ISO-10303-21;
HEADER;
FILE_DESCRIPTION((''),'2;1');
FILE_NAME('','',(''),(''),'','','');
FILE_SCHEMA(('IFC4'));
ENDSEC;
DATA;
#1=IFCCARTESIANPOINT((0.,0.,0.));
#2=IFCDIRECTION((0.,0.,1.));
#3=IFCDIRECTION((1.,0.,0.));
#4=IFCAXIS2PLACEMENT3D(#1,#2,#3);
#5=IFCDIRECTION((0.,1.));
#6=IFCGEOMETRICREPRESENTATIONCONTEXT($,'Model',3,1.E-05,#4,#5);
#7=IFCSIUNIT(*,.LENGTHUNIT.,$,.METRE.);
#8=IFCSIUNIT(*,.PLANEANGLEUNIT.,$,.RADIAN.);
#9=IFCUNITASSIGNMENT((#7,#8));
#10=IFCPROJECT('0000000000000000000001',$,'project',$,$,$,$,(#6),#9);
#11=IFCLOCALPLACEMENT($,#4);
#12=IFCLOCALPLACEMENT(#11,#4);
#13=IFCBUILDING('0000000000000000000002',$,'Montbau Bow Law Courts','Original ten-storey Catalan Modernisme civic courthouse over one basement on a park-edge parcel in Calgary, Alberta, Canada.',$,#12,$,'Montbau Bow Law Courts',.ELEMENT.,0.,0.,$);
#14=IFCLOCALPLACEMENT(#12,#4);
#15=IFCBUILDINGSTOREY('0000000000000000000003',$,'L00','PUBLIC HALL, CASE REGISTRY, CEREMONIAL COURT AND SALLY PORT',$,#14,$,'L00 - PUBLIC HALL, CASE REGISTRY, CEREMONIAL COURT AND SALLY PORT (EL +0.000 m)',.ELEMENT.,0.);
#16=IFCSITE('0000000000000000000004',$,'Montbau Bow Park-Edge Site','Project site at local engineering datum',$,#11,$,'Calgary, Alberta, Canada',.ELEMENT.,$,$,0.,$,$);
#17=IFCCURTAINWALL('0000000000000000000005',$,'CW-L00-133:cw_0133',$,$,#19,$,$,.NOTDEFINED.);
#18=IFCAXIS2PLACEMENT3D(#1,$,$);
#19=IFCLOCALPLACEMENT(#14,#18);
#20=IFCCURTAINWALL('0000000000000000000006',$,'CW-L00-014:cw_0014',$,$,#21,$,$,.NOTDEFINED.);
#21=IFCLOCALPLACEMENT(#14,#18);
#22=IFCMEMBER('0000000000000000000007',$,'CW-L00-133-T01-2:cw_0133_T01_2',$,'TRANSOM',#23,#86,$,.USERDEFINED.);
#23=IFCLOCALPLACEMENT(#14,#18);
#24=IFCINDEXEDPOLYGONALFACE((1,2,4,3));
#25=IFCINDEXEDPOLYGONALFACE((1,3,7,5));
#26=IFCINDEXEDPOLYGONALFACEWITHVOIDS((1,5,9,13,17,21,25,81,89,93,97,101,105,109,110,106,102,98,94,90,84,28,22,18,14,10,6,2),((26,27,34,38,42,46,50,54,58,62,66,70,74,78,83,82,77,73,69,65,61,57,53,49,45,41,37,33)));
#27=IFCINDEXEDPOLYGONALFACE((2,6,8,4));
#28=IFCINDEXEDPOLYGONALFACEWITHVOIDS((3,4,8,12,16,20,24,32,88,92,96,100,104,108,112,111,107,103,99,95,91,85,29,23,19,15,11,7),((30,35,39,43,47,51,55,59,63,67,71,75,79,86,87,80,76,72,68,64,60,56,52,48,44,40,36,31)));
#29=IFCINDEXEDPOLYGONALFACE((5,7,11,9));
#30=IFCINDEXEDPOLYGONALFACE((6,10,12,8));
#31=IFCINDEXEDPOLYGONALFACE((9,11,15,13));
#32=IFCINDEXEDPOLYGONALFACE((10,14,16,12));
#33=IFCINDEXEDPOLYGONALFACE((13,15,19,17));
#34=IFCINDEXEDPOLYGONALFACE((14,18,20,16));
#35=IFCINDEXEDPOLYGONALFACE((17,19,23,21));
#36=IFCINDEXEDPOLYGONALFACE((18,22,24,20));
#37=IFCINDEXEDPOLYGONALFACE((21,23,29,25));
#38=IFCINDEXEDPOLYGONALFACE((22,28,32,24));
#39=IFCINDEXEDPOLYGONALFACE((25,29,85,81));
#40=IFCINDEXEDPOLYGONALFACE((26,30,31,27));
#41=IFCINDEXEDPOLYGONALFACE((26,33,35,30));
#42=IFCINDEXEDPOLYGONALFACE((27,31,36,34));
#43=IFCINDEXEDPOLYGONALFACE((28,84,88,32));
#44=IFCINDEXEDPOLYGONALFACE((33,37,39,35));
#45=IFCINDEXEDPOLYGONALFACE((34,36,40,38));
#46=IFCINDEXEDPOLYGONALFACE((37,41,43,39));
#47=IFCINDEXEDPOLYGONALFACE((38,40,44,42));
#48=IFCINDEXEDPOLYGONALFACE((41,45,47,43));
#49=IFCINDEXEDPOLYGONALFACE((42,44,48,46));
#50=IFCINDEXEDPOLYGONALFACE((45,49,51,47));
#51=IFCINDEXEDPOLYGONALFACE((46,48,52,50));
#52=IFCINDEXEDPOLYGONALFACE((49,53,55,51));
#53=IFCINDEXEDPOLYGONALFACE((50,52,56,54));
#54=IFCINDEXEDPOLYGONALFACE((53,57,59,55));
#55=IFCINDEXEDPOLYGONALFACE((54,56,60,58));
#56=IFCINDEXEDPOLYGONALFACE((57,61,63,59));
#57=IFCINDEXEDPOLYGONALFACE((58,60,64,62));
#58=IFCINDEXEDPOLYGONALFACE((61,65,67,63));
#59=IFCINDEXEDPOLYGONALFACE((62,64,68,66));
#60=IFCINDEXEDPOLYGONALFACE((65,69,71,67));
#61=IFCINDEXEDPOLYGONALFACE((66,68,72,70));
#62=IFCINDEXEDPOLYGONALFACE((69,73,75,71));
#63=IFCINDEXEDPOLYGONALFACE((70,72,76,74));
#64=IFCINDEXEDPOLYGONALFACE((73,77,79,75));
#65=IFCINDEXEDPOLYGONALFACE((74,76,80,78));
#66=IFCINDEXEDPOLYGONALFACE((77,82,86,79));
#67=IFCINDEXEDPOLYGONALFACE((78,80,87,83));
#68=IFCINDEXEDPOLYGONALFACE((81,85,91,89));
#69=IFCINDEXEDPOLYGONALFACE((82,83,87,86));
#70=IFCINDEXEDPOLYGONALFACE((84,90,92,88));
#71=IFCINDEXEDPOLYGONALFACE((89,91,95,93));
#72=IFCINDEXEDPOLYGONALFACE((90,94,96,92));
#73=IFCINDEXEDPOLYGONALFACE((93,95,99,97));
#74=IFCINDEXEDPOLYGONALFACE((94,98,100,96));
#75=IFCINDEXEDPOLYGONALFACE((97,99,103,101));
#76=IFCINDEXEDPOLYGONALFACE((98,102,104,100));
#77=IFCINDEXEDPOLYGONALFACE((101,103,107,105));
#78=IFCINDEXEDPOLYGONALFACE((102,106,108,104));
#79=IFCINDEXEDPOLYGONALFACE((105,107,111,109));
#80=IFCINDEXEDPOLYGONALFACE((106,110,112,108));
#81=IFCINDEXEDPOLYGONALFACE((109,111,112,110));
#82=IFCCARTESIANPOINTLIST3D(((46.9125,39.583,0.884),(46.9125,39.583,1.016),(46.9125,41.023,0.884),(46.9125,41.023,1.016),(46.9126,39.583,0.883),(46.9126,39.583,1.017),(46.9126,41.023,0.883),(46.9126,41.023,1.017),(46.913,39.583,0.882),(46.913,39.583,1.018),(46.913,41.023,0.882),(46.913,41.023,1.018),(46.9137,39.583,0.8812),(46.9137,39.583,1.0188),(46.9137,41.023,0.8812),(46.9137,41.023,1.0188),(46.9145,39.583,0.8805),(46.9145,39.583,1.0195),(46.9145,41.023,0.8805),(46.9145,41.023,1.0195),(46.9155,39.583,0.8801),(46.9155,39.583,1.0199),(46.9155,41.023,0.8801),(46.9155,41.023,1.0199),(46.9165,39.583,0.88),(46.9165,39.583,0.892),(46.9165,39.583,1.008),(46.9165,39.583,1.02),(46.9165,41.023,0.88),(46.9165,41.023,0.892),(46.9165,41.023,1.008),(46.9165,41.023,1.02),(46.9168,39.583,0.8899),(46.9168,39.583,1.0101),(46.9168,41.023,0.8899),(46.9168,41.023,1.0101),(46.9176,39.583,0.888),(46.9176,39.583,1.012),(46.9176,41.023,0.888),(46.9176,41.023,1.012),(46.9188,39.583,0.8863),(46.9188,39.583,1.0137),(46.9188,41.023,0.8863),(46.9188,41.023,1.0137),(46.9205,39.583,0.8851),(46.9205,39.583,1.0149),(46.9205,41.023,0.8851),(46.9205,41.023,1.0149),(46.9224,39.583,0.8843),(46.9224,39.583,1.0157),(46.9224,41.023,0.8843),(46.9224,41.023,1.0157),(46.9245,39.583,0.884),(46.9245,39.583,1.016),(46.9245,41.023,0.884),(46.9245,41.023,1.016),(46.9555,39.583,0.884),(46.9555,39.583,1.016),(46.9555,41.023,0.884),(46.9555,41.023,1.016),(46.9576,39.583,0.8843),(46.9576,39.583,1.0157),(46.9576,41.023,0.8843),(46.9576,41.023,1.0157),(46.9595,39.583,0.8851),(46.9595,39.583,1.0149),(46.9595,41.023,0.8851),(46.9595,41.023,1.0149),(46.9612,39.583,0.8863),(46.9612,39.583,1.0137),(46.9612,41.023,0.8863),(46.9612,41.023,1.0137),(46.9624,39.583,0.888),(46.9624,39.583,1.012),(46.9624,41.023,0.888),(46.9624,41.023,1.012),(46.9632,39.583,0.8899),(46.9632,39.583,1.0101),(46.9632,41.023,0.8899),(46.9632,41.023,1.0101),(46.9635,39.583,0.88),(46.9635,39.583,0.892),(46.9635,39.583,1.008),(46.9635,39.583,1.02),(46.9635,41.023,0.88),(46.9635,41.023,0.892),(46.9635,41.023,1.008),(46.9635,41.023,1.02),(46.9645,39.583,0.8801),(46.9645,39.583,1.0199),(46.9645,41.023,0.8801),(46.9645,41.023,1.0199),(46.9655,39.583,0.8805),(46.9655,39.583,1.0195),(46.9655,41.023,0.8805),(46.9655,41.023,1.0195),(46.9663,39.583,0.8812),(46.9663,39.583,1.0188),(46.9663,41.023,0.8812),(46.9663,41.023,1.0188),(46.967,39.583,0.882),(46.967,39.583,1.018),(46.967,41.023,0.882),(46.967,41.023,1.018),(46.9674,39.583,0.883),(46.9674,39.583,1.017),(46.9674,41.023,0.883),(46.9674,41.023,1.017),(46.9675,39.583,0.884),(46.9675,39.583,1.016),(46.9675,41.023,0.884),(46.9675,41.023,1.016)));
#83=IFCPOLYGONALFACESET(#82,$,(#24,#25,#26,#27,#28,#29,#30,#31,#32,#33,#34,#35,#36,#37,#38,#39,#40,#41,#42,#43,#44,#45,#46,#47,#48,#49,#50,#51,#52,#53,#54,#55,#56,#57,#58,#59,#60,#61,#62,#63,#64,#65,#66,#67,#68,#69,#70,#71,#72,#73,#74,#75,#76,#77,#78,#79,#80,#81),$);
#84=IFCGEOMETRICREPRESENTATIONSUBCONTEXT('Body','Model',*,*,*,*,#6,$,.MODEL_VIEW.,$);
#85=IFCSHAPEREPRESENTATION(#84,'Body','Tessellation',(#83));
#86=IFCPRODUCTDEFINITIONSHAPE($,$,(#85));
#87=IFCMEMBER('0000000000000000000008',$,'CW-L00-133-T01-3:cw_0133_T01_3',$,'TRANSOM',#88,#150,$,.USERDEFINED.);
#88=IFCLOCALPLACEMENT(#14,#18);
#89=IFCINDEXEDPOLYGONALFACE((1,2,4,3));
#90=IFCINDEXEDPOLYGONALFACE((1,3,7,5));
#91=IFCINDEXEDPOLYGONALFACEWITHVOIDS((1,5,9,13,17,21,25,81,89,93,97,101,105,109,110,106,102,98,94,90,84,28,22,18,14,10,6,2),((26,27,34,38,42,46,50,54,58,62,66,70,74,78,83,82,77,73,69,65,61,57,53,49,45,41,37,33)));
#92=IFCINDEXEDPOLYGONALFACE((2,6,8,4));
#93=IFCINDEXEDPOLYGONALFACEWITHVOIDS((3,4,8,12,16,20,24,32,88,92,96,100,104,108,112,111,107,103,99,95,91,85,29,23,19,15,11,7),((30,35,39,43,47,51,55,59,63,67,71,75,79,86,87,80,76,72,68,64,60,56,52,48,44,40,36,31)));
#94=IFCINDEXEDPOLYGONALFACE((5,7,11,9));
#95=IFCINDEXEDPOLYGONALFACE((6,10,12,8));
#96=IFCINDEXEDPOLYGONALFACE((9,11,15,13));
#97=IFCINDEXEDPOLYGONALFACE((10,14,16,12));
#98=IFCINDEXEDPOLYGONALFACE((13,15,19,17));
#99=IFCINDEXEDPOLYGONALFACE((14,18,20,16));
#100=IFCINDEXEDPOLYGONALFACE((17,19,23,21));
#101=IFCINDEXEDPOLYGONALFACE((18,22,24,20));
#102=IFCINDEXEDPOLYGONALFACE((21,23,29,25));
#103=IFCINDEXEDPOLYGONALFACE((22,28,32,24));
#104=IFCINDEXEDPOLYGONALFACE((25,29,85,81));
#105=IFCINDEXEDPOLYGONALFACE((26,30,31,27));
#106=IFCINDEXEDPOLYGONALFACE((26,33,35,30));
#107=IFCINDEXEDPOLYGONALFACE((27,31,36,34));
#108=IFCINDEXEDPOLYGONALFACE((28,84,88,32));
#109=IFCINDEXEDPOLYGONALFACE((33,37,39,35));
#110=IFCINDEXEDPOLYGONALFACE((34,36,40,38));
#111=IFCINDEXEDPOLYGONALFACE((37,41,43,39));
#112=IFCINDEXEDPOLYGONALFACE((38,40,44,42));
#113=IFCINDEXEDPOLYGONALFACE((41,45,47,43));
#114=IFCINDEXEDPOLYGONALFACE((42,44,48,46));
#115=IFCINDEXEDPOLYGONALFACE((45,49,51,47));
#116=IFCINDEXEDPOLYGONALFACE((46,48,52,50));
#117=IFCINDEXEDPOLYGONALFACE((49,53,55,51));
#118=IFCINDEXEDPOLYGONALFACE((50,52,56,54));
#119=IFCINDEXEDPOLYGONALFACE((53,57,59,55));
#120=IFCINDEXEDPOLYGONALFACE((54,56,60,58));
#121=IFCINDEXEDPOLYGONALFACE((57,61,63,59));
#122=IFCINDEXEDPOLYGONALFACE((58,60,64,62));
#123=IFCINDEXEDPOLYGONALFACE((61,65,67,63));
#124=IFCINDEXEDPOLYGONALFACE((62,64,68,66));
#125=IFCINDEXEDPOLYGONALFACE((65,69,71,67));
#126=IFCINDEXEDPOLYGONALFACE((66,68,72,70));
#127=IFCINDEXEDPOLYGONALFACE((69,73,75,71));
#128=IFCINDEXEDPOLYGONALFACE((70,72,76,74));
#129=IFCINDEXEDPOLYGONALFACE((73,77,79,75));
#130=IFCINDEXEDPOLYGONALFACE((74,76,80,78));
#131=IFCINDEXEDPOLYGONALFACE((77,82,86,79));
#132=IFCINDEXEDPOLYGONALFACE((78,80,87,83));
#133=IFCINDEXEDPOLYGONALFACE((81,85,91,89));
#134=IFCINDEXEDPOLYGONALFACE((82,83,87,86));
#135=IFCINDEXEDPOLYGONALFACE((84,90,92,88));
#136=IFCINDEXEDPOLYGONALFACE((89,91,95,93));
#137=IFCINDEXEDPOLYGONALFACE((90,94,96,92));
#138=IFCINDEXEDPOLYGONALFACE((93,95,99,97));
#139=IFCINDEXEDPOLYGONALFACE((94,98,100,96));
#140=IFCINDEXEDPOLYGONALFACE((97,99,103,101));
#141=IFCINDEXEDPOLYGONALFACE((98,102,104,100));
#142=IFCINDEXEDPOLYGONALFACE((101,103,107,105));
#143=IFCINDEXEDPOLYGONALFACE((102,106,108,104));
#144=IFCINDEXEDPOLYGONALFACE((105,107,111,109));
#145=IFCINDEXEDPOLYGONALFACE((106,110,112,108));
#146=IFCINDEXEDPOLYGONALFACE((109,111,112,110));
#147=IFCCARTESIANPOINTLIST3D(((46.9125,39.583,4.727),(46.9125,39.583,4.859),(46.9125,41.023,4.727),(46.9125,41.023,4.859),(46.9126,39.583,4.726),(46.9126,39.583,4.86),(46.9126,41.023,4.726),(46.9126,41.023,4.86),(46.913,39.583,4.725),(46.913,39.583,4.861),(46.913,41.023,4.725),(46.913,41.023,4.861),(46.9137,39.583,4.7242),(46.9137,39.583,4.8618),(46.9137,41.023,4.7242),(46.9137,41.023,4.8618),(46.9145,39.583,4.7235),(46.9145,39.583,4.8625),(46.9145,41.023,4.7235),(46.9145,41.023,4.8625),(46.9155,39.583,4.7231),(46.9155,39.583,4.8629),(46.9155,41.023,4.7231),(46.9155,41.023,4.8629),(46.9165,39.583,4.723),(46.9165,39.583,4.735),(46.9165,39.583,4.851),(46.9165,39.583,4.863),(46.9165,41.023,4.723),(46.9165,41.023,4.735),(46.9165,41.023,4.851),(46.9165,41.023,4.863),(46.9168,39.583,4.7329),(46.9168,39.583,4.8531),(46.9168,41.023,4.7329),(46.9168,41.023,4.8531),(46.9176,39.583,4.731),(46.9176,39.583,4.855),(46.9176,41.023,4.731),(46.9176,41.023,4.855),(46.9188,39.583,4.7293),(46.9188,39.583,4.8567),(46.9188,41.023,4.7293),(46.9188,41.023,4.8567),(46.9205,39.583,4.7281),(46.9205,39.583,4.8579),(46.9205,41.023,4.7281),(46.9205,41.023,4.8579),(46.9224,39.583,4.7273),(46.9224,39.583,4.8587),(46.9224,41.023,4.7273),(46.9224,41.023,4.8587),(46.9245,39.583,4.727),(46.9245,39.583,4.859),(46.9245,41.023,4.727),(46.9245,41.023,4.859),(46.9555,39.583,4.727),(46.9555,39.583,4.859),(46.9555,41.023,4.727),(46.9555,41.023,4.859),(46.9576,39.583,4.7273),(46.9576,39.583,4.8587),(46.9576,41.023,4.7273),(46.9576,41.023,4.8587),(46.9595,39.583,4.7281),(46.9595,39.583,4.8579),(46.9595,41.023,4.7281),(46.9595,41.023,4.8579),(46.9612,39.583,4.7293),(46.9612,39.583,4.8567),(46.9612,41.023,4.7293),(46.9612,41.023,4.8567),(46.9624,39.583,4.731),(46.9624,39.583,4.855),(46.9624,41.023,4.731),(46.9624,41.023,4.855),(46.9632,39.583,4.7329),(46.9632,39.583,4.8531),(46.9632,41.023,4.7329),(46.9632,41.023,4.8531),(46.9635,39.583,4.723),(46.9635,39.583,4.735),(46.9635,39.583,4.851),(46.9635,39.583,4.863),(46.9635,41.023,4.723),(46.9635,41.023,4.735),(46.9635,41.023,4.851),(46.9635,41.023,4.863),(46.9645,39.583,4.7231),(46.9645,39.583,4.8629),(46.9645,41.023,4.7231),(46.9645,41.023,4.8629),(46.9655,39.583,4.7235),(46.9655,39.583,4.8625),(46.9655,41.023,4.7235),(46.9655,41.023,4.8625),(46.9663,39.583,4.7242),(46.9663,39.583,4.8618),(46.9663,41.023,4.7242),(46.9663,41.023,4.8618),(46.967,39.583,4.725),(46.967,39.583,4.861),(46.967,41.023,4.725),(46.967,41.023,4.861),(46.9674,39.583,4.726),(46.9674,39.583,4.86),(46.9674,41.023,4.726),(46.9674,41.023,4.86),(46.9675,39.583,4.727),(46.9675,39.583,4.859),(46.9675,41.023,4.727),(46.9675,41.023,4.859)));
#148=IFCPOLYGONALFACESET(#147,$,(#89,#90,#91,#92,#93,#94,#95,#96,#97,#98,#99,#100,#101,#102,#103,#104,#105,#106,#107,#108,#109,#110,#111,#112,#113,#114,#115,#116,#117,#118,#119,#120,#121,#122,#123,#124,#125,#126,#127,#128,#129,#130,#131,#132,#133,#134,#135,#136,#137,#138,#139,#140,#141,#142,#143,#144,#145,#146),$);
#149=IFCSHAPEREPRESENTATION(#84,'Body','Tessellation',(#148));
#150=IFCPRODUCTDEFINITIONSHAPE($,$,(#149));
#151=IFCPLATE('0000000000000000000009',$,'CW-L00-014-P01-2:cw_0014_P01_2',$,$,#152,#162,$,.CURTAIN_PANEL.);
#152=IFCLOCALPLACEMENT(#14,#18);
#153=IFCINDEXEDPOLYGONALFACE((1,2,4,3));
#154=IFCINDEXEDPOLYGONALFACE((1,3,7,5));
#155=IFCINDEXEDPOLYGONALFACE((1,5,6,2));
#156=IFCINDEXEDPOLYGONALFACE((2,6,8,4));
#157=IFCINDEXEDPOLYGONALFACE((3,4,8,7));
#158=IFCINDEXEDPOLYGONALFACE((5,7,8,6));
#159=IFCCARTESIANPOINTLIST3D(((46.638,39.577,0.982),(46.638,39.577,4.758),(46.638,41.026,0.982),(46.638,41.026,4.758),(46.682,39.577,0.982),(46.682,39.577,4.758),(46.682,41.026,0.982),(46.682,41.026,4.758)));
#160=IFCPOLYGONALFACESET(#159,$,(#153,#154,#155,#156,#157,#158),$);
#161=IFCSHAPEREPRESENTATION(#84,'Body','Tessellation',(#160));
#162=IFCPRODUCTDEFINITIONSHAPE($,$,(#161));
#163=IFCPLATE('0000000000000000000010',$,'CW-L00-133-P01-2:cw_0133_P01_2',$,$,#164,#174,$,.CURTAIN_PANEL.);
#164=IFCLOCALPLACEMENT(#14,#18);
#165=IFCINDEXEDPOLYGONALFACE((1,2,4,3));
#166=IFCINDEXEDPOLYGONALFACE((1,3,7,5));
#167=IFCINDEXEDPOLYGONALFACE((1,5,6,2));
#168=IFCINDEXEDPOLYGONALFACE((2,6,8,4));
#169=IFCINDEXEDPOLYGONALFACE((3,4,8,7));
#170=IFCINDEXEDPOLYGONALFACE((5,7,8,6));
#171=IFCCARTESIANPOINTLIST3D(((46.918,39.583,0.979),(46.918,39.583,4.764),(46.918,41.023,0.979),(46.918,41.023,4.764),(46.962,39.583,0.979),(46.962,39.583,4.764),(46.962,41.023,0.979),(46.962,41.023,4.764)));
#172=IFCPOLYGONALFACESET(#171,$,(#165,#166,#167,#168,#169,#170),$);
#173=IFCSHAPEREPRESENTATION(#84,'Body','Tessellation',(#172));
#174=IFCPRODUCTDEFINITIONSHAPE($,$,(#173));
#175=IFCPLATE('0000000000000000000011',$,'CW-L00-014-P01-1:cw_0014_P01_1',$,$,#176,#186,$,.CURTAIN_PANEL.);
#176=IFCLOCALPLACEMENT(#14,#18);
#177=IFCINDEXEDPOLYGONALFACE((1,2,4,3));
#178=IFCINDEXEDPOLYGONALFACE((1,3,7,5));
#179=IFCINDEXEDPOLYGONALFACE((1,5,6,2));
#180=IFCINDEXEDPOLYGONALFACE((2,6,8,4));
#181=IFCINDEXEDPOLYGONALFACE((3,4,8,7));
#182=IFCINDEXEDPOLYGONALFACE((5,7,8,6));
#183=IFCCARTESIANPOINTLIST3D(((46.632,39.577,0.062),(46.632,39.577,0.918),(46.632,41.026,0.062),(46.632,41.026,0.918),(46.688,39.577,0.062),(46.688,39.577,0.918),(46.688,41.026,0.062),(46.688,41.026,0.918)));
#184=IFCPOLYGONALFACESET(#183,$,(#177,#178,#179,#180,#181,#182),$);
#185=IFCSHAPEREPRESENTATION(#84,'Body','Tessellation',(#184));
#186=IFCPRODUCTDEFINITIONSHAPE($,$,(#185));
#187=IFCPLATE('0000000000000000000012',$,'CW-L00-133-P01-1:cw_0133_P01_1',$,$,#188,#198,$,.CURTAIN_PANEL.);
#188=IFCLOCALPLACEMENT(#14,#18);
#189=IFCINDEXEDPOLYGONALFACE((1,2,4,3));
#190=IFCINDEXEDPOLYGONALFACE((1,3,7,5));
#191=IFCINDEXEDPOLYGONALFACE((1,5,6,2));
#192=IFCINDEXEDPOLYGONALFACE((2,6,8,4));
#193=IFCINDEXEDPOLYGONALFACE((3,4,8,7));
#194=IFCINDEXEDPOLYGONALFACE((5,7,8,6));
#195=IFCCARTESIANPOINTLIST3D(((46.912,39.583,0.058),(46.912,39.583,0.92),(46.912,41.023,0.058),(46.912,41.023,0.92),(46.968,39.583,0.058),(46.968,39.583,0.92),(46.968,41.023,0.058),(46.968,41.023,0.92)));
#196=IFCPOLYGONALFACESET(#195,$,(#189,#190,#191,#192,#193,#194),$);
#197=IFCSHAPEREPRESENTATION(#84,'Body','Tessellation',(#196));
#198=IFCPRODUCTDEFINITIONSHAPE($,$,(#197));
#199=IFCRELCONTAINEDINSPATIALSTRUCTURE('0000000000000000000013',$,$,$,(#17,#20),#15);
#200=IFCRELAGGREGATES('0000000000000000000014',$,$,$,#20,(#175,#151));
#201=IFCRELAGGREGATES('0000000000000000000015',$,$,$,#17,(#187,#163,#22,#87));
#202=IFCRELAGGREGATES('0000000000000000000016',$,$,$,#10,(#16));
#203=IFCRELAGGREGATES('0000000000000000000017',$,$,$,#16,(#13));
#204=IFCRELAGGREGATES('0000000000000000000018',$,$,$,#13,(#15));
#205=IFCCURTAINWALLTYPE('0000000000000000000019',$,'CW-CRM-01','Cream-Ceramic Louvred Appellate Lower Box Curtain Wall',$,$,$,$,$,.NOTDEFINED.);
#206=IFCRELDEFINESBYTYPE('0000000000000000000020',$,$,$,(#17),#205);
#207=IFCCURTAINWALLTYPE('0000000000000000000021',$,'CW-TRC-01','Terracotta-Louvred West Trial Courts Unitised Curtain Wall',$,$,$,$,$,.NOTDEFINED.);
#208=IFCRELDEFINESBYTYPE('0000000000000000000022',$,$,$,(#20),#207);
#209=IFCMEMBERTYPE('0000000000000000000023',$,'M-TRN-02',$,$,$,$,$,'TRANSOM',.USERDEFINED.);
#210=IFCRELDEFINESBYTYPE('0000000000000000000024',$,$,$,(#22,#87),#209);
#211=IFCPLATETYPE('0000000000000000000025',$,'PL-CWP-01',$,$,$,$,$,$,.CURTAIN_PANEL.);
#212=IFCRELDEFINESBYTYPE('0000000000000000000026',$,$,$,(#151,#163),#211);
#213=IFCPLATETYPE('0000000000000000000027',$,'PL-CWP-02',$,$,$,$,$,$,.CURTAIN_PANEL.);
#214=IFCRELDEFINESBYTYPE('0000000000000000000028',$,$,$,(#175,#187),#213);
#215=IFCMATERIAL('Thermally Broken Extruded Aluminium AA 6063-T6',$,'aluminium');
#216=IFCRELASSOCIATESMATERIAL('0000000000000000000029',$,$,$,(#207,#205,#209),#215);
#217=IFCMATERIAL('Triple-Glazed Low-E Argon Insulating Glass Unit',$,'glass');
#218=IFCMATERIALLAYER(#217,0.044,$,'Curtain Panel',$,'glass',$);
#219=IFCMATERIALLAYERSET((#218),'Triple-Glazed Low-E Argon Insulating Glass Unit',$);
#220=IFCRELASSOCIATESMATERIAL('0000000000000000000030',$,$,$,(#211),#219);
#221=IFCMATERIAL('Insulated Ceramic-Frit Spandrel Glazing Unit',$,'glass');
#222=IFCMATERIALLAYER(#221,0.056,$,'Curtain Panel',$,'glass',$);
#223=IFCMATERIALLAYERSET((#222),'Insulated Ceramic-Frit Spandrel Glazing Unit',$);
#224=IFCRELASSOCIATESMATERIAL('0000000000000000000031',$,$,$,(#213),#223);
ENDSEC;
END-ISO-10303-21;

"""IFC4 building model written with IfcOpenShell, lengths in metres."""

from ifc_helpers import new_model, si_unit, direction, frame, frame_2d, origin_with_axes, origin_2d_with_axis, place, context, subcontext, project, spatial, rectangle, hollow_rectangle, extrude, material, layer, layer_set, material_profile, profile_set, type_object, element, aggregate, save


model = new_model("IFC4")

# Units and contexts
model_context = context("Model", 3, precision=1e-05, world=origin_with_axes(), true_north=direction((0.0, 1.0)))
body_context = subcontext(model_context, "Body", "Model", "MODEL_VIEW")
ifc_project = project(units=[si_unit("LENGTHUNIT", "METRE"), si_unit("PLANEANGLEUNIT", "RADIAN")], contexts=[model_context])

# Site, building, storey
site_placement = place(None, origin_with_axes())
site = spatial("IfcSite", under=ifc_project, at=site_placement, Name="Montbau Bow Park-Edge Site", Description="Project site at local engineering datum", LongName="Calgary, Alberta, Canada", CompositionType="ELEMENT", RefElevation=0.0)
building_placement = place(site_placement, origin_with_axes())
building = spatial("IfcBuilding", under=site, at=building_placement, Name="Montbau Bow Law Courts", Description="Original ten-storey Catalan Modernisme civic courthouse over one basement on a park-edge parcel in Calgary, Alberta, Canada.", LongName="Montbau Bow Law Courts", CompositionType="ELEMENT", ElevationOfRefHeight=0.0, ElevationOfTerrain=0.0)
storey_placement = place(building_placement, origin_with_axes())
storey = spatial("IfcBuildingStorey", under=building, at=storey_placement, Name="L00", Description="PUBLIC HALL, CASE REGISTRY, CEREMONIAL COURT AND SALLY PORT", LongName="L00 - PUBLIC HALL, CASE REGISTRY, CEREMONIAL COURT AND SALLY PORT (EL +0.000 m)", CompositionType="ELEMENT", Elevation=0.0)

# Curtain wall
ifc_material_1 = material(Name="Thermally Broken Extruded Aluminium AA 6063-T6", Category="aluminium")
curtain_wall_type_1 = type_object("IfcCurtainWallType", Name="CW-TRC-01", Description="Terracotta-Louvred West Trial Courts Unitised Curtain Wall", PredefinedType="NOTDEFINED", material=ifc_material_1)
curtain_wall_type_2 = type_object("IfcCurtainWallType", Name="CW-CRM-01", Description="Cream-Ceramic Louvred Appellate Lower Box Curtain Wall", PredefinedType="NOTDEFINED", material=ifc_material_1)
curtain_wall_1_placement = place(None, frame((46.94, 39.515, 0.0), z_axis=(0.0, 0.0, 1.0), x_axis=(1.0, 0.0, 0.0)))
curtain_wall_1 = element("IfcCurtainWall", 1, at=curtain_wall_1_placement, inside=storey, type_object=curtain_wall_type_2, Name="CW-L00-133:cw_0133", PredefinedType="NOTDEFINED")

# Curtain wall
curtain_wall_2_placement = place(None, frame((46.66, 39.515, 0.0), z_axis=(0.0, 0.0, 1.0), x_axis=(1.0, 0.0, 0.0)))
curtain_wall_2 = element("IfcCurtainWall", 2, at=curtain_wall_2_placement, inside=storey, type_object=curtain_wall_type_1, Name="CW-L00-014:cw_0014", PredefinedType="NOTDEFINED")

# Members
ifc_material_profile_1 = material_profile(ifc_material_1, hollow_rectangle(XDim=0.055, YDim=0.14, WallThickness=0.004, InnerFilletRadius=0.008, OuterFilletRadius=0.004, at=origin_2d_with_axis()), Name="CWT-140X55", Category="Main", Priority=0)
ifc_profile_set_1 = profile_set([ifc_material_profile_1], Name="Thermally Broken Extruded Aluminium AA 6063-T6")
member_type_1 = type_object("IfcMemberType", Name="M-TRN-02", ElementType="TRANSOM", PredefinedType="USERDEFINED", material=ifc_profile_set_1)
member_1_placement = place(None, frame((46.94, 39.583, 0.95), z_axis=(0.0, 1.0, 0.0), x_axis=(-1.0, 0.0, 0.0)))
member_1 = element("IfcMember", 3, at=member_1_placement, type_object=member_type_1, Name="CW-L00-133-T01-2:cw_0133_T01_2", ObjectType="TRANSOM", PredefinedType="USERDEFINED", context=body_context, shape_type="SweptSolid", body=[
    extrude(hollow_rectangle(XDim=0.055, YDim=0.14, WallThickness=0.004, InnerFilletRadius=0.008, OuterFilletRadius=0.004, at=origin_2d_with_axis()), origin_with_axes(), (0.0, 0.0, 1.0), 1.44),
])
member_2_placement = place(None, frame((46.94, 39.583, 4.793), z_axis=(0.0, 1.0, 0.0), x_axis=(-1.0, 0.0, 0.0)))
member_2 = element("IfcMember", 4, at=member_2_placement, type_object=member_type_1, Name="CW-L00-133-T01-3:cw_0133_T01_3", ObjectType="TRANSOM", PredefinedType="USERDEFINED", context=body_context, shape_type="SweptSolid", body=[
    extrude(hollow_rectangle(XDim=0.055, YDim=0.14, WallThickness=0.004, InnerFilletRadius=0.008, OuterFilletRadius=0.004, at=origin_2d_with_axis()), origin_with_axes(), (0.0, 0.0, 1.0), 1.44),
])

# Plates
ifc_material_2 = material(Name="Triple-Glazed Low-E Argon Insulating Glass Unit", Category="glass")
ifc_layer_1 = layer(ifc_material_2, 0.044, Name="Curtain Panel", Category="glass")
ifc_layer_set_1 = layer_set([ifc_layer_1], Name="Triple-Glazed Low-E Argon Insulating Glass Unit")
plate_type_1 = type_object("IfcPlateType", Name="PL-CWP-01", PredefinedType="CURTAIN_PANEL", material=ifc_layer_set_1)
plate_1_placement = place(None, frame((46.66, 39.577, 0.982), z_axis=(1.0, 0.0, 0.0), x_axis=(0.0, 1.0, 0.0)))
plate_1 = element("IfcPlate", 5, at=plate_1_placement, type_object=plate_type_1, Name="CW-L00-014-P01-2:cw_0014_P01_2", PredefinedType="CURTAIN_PANEL", context=body_context, shape_type="SweptSolid", body=[
    extrude(rectangle(XDim=1.449, YDim=3.776, at=frame_2d((0.7245, 1.888), x_axis=(1.0, 0.0))), frame((0.0, 0.0, -0.022), z_axis=(0.0, 0.0, 1.0), x_axis=(1.0, 0.0, 0.0)), (0.0, 0.0, 1.0), 0.044),
])
plate_2_placement = place(None, frame((46.94, 39.583, 0.979), z_axis=(1.0, 0.0, 0.0), x_axis=(0.0, 1.0, 0.0)))
plate_2 = element("IfcPlate", 6, at=plate_2_placement, type_object=plate_type_1, Name="CW-L00-133-P01-2:cw_0133_P01_2", PredefinedType="CURTAIN_PANEL", context=body_context, shape_type="SweptSolid", body=[
    extrude(rectangle(XDim=1.44, YDim=3.785, at=frame_2d((0.72, 1.8925), x_axis=(1.0, 0.0))), frame((0.0, 0.0, -0.022), z_axis=(0.0, 0.0, 1.0), x_axis=(1.0, 0.0, 0.0)), (0.0, 0.0, 1.0), 0.044),
])
ifc_material_3 = material(Name="Insulated Ceramic-Frit Spandrel Glazing Unit", Category="glass")
ifc_layer_2 = layer(ifc_material_3, 0.056, Name="Curtain Panel", Category="glass")
ifc_layer_set_2 = layer_set([ifc_layer_2], Name="Insulated Ceramic-Frit Spandrel Glazing Unit")
plate_type_2 = type_object("IfcPlateType", Name="PL-CWP-02", PredefinedType="CURTAIN_PANEL", material=ifc_layer_set_2)
plate_3_placement = place(None, frame((46.66, 39.577, 0.062), z_axis=(1.0, 0.0, 0.0), x_axis=(0.0, 1.0, 0.0)))
plate_3 = element("IfcPlate", 7, at=plate_3_placement, type_object=plate_type_2, Name="CW-L00-014-P01-1:cw_0014_P01_1", PredefinedType="CURTAIN_PANEL", context=body_context, shape_type="SweptSolid", body=[
    extrude(rectangle(XDim=1.449, YDim=0.856, at=frame_2d((0.7245, 0.428), x_axis=(1.0, 0.0))), frame((0.0, 0.0, -0.028), z_axis=(0.0, 0.0, 1.0), x_axis=(1.0, 0.0, 0.0)), (0.0, 0.0, 1.0), 0.056),
])
aggregate(curtain_wall_2, [plate_3, plate_1])
plate_4_placement = place(None, frame((46.94, 39.583, 0.058), z_axis=(1.0, 0.0, 0.0), x_axis=(0.0, 1.0, 0.0)))
plate_4 = element("IfcPlate", 8, at=plate_4_placement, type_object=plate_type_2, Name="CW-L00-133-P01-1:cw_0133_P01_1", PredefinedType="CURTAIN_PANEL", context=body_context, shape_type="SweptSolid", body=[
    extrude(rectangle(XDim=1.44, YDim=0.862, at=frame_2d((0.72, 0.431), x_axis=(1.0, 0.0))), frame((0.0, 0.0, -0.028), z_axis=(0.0, 0.0, 1.0), x_axis=(1.0, 0.0, 0.0)), (0.0, 0.0, 1.0), 0.056),
])
aggregate(curtain_wall_1, [plate_4, plate_2, member_1, member_2])

save(model, "model.ifc")
